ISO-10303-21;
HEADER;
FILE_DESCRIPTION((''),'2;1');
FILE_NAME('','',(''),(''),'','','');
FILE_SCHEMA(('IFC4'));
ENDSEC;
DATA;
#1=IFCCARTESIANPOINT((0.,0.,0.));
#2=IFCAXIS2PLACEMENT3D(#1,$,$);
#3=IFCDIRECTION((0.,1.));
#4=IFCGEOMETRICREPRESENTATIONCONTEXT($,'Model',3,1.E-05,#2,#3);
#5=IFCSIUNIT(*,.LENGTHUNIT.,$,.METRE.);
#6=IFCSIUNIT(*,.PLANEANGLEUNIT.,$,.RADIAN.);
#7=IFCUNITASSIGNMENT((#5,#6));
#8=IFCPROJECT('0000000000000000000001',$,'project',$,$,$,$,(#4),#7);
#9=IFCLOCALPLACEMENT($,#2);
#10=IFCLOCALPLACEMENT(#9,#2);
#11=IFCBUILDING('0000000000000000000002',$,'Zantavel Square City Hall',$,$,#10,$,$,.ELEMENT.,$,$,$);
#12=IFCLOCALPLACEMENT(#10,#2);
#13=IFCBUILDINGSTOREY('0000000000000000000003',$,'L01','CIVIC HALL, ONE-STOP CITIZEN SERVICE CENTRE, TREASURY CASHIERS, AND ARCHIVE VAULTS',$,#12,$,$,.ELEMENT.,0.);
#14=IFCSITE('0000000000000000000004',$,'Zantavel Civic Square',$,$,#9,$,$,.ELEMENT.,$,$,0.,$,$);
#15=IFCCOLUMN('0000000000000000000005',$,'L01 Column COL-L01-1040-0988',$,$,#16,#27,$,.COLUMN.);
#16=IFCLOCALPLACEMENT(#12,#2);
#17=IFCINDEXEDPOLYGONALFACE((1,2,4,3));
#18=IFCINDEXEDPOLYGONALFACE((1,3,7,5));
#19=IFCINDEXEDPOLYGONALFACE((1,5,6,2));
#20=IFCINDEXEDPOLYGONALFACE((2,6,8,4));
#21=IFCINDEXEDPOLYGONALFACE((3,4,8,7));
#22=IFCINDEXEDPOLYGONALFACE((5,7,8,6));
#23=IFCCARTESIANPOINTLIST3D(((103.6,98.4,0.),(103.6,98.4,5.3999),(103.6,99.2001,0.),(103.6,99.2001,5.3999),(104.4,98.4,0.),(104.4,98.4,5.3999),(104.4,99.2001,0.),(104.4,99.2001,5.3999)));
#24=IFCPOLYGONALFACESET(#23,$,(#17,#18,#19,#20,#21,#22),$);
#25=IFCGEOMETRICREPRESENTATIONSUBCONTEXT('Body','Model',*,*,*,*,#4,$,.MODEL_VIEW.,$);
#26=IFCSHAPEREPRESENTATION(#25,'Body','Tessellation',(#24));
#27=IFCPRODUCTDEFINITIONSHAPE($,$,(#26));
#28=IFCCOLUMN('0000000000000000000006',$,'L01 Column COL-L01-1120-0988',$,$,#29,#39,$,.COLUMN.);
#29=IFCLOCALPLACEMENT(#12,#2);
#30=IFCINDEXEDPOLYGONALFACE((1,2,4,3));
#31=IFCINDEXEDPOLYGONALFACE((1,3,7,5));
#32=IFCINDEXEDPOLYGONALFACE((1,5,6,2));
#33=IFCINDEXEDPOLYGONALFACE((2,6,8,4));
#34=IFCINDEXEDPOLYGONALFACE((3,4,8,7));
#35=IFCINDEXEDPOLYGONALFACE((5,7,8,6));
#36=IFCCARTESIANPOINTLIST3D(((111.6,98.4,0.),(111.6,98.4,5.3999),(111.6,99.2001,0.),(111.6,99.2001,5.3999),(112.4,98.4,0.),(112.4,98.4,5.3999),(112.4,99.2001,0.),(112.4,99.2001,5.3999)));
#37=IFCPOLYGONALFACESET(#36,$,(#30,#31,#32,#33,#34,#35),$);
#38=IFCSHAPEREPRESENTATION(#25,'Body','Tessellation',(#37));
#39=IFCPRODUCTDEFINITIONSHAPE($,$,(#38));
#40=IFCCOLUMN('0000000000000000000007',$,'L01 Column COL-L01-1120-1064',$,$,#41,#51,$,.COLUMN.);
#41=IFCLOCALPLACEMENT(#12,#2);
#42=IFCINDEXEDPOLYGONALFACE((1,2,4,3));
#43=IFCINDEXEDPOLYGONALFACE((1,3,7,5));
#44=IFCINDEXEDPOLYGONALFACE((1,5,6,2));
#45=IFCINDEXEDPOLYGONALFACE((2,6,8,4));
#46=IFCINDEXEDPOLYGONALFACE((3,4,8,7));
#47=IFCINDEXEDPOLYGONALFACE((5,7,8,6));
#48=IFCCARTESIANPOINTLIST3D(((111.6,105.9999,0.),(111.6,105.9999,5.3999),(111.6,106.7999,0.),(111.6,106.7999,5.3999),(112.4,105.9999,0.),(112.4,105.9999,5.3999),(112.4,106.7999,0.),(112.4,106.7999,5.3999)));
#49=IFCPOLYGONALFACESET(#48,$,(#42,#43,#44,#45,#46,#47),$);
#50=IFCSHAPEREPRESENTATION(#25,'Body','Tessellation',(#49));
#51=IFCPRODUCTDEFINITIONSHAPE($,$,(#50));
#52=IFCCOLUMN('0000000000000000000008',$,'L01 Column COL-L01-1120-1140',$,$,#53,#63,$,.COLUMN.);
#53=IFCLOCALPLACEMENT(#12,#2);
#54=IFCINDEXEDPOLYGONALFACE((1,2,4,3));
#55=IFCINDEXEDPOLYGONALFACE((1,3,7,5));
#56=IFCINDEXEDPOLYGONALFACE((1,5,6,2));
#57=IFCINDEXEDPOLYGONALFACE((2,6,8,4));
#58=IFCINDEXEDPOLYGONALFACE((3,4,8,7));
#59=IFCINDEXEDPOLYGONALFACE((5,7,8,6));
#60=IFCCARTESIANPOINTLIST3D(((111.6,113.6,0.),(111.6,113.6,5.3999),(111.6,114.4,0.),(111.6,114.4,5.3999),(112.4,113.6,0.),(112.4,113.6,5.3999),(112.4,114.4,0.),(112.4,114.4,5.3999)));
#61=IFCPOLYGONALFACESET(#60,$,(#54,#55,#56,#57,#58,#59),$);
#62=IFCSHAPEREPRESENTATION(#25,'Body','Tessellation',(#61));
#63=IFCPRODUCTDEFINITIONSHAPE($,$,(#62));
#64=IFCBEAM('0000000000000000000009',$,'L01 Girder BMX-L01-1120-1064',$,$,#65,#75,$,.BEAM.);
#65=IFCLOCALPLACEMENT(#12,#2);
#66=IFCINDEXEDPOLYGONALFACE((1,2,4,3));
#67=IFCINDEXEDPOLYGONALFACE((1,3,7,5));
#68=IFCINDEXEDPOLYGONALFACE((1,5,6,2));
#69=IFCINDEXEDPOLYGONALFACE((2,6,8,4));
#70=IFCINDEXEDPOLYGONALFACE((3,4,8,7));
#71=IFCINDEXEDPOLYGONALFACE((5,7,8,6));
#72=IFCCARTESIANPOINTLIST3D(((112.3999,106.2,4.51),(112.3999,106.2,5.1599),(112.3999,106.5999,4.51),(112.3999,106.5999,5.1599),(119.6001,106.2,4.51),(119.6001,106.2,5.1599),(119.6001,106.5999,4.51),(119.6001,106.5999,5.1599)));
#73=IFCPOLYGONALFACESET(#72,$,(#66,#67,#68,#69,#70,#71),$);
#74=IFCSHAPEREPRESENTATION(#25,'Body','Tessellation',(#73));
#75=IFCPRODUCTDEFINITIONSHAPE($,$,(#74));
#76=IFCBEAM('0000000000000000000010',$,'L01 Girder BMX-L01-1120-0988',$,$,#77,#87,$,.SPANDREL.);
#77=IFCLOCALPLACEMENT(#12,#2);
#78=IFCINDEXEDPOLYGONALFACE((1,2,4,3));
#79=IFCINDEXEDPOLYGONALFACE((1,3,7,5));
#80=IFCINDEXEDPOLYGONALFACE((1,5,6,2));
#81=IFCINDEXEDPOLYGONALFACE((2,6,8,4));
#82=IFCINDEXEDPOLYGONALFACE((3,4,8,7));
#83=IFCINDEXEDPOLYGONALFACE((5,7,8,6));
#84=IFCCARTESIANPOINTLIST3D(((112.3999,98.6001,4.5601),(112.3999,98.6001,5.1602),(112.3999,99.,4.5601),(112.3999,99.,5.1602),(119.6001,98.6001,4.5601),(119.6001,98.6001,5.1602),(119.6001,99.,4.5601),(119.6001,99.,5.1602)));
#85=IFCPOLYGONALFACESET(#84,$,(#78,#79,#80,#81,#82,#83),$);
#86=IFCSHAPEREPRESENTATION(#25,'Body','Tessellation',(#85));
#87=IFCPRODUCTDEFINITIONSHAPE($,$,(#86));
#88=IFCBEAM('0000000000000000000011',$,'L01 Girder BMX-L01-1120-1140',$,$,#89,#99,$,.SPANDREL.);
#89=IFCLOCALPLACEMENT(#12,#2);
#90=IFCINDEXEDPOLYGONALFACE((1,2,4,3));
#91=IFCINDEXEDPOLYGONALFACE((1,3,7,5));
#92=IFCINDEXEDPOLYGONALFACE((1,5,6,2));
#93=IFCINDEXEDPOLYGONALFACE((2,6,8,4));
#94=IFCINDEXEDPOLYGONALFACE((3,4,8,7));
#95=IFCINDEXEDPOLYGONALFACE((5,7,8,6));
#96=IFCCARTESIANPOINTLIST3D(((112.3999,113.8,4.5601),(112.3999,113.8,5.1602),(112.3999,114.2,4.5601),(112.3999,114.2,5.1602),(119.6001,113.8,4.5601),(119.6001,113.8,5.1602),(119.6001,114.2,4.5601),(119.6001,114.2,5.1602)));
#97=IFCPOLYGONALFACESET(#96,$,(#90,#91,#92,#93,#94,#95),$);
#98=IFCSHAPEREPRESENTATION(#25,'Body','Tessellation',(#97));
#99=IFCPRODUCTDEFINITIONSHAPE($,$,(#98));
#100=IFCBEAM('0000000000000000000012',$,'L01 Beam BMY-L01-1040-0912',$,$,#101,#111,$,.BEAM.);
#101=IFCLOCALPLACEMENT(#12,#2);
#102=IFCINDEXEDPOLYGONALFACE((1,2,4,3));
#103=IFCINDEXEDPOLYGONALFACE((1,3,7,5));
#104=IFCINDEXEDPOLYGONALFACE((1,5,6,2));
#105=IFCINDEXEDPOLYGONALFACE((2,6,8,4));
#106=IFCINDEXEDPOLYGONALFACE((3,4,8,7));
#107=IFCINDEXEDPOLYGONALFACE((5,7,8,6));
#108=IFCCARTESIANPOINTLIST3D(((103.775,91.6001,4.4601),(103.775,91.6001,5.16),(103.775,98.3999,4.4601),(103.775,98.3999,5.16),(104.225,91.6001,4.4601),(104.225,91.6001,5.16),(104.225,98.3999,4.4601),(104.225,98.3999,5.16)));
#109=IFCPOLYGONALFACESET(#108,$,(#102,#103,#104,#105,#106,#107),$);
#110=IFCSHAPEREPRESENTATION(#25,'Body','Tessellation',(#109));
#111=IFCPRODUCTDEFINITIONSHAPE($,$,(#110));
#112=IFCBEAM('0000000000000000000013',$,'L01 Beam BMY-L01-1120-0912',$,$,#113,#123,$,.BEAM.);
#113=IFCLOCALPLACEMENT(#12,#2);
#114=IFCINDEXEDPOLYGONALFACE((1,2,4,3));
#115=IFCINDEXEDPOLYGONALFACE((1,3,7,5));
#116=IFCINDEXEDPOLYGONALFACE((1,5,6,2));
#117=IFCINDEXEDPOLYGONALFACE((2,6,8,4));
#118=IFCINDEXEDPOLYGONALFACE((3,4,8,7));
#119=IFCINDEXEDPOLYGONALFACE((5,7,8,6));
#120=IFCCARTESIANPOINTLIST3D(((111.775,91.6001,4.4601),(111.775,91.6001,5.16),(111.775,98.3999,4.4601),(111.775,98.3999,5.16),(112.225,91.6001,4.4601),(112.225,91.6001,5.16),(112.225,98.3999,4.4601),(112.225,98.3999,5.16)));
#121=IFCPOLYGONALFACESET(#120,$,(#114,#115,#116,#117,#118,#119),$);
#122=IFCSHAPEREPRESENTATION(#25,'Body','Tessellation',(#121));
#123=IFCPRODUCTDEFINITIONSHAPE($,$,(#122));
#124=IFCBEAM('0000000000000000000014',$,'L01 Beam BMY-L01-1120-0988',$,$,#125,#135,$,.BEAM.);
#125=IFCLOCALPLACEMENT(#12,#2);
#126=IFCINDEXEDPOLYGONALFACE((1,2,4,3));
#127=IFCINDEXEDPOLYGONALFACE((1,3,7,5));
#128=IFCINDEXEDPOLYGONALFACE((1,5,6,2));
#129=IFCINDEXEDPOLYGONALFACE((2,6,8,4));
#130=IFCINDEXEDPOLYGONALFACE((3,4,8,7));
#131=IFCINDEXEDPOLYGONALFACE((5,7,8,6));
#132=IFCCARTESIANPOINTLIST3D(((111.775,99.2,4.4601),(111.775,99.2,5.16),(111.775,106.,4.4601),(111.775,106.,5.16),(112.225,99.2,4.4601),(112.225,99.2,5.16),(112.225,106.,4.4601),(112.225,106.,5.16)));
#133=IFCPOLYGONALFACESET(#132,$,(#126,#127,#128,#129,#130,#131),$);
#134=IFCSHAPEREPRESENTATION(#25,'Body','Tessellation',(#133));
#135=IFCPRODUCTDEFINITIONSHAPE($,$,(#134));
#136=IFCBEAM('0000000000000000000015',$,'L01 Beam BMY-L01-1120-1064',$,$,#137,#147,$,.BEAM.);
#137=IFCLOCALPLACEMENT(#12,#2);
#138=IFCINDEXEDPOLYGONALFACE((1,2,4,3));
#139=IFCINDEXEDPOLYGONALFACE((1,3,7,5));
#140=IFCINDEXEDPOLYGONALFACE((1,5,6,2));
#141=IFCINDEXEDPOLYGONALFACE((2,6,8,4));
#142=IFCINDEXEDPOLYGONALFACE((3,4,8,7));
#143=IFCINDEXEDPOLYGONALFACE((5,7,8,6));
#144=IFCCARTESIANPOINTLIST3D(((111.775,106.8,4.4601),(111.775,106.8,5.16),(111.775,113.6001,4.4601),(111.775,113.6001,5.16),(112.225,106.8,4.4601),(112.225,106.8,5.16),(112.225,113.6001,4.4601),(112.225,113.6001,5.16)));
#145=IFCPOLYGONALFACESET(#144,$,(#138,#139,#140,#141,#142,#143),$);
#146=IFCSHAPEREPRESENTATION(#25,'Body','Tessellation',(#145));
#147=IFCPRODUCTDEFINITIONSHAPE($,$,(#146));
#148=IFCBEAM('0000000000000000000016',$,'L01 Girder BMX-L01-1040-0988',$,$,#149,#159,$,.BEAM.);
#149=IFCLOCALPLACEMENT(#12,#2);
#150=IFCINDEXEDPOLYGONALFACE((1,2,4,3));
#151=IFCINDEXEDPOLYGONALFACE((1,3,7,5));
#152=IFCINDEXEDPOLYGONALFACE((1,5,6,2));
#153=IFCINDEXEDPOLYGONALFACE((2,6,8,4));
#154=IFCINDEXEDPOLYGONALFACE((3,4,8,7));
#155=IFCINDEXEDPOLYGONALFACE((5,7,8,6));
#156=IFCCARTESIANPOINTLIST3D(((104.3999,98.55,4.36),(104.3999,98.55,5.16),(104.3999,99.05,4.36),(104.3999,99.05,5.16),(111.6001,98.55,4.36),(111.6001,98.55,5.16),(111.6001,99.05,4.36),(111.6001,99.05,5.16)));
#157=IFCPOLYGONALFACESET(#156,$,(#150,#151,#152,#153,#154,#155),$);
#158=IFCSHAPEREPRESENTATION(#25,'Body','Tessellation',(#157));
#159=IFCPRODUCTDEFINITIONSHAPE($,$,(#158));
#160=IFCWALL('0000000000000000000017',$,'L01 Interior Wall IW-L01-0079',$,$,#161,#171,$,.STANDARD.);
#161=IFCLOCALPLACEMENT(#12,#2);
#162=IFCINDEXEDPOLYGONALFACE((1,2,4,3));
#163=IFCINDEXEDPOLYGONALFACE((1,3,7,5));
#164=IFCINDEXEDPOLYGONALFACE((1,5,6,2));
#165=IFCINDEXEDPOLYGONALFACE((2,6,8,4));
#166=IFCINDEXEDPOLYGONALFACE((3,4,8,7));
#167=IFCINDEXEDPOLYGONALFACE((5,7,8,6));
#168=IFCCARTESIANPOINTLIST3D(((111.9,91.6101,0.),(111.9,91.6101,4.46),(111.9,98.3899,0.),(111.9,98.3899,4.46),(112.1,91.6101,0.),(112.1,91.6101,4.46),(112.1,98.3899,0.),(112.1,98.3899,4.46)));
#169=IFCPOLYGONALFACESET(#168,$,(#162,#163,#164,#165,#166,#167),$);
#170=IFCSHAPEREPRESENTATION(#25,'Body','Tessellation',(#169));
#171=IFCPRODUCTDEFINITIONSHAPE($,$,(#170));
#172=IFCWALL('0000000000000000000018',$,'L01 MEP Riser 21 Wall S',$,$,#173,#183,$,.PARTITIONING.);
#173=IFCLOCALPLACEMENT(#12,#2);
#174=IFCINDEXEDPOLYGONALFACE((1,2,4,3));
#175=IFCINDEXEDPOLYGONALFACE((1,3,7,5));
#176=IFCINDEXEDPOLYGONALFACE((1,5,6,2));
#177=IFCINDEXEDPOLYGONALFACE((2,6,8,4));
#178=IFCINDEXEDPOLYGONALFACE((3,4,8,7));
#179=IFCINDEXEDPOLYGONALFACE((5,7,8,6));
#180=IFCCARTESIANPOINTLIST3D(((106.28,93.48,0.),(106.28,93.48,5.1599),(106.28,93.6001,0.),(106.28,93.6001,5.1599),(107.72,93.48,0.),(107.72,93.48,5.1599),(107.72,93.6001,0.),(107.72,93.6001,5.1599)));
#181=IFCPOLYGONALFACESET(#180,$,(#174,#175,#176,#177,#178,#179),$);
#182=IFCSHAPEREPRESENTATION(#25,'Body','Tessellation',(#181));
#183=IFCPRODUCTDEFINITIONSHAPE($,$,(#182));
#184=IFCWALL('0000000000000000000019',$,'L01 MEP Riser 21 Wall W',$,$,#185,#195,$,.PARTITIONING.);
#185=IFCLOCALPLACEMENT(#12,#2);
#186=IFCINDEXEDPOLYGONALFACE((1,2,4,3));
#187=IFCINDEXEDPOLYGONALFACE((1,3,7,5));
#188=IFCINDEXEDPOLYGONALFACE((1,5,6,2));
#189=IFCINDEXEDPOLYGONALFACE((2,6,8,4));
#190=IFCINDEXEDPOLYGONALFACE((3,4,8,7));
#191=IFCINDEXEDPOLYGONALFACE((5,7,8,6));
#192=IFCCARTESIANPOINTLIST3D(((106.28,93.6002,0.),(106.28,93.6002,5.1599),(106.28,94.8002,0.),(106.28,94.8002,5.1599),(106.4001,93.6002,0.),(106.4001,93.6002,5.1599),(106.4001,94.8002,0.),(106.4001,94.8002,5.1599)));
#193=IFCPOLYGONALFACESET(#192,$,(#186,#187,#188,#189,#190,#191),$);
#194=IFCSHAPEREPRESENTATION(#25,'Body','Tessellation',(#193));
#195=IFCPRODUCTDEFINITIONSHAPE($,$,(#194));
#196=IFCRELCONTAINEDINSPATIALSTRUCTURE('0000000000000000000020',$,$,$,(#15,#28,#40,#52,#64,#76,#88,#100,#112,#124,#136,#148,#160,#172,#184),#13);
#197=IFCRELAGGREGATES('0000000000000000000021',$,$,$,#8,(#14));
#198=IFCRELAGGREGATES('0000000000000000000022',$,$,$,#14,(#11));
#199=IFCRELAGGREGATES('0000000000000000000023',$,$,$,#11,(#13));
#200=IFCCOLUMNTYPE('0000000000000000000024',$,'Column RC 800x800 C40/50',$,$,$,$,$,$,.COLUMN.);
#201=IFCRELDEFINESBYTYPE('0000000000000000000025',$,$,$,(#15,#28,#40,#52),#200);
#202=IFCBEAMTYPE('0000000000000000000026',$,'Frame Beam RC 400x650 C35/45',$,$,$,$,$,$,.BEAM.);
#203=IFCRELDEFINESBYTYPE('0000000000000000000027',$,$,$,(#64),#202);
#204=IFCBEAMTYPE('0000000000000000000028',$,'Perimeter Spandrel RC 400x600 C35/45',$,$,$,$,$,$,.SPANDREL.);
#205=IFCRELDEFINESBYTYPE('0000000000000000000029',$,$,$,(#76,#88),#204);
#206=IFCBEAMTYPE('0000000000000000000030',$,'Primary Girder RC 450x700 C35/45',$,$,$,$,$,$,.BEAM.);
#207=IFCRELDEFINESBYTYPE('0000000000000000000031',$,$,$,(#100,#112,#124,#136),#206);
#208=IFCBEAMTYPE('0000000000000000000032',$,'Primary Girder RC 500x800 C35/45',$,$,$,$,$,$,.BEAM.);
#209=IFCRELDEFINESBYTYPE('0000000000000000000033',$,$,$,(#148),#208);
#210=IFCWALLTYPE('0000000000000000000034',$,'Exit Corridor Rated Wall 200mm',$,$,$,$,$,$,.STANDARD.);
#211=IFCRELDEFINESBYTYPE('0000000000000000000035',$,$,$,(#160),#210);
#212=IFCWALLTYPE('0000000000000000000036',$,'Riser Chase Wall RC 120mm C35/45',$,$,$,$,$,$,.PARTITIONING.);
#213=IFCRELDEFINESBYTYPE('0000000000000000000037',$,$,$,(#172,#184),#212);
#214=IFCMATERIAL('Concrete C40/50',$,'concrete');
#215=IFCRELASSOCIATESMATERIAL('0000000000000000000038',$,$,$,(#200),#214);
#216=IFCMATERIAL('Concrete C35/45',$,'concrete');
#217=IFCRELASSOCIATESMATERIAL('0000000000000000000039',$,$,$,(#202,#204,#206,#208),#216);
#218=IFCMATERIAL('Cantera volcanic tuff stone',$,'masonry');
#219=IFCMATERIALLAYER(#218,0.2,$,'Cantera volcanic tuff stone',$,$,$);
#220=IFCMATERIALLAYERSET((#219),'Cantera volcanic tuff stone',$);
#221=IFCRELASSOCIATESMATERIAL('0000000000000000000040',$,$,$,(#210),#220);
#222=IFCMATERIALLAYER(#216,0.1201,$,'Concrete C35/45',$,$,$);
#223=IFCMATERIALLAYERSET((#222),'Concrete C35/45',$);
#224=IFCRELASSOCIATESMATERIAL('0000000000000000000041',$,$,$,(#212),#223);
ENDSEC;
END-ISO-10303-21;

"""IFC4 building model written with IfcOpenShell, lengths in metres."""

from ifc_helpers import new_model, si_unit, direction, frame, frame_2d, origin, origin_2d, place, context, subcontext, project, spatial, rectangle, extrude, material, layer, layer_set, material_profile, profile_set, type_object, element, save


model = new_model("IFC4")

# Units and contexts
model_context = context("Model", 3, precision=1e-05, world=origin(), true_north=direction((0.0, 1.0)))
body_context = subcontext(model_context, "Body", "Model", "MODEL_VIEW")
ifc_project = project(units=[si_unit("LENGTHUNIT", "METRE"), si_unit("PLANEANGLEUNIT", "RADIAN")], contexts=[model_context])

# Site, building, storey
site_placement = place(None, origin())
site = spatial("IfcSite", under=ifc_project, at=site_placement, Name="Zantavel Civic Square", CompositionType="ELEMENT", RefElevation=0.0)
building_placement = place(site_placement, origin())
building = spatial("IfcBuilding", under=site, at=building_placement, Name="Zantavel Square City Hall", CompositionType="ELEMENT")
storey_placement = place(building_placement, origin())
storey = spatial("IfcBuildingStorey", under=building, at=storey_placement, Name="L01", Description="CIVIC HALL, ONE-STOP CITIZEN SERVICE CENTRE, TREASURY CASHIERS, AND ARCHIVE VAULTS", CompositionType="ELEMENT", Elevation=0.0)

# Columns
ifc_material_1 = material(Name="Concrete C40/50", Category="concrete")
ifc_material_profile_1 = material_profile(ifc_material_1, rectangle(XDim=0.8, YDim=0.8, at=origin_2d()), Name="RC 800x800")
ifc_profile_set_1 = profile_set([ifc_material_profile_1], Name="Concrete C40/50")
column_type = type_object("IfcColumnType", Name="Column RC 800x800 C40/50", PredefinedType="COLUMN", material=ifc_profile_set_1)
for number, where, z_axis, x_axis, name in (
    (1, (104.0, 98.8, 0.0), (0.0, 0.0, 1.0), (1.0, 0.0, 0.0), "L01 Column COL-L01-1040-0988"),
    (2, (112.0, 98.8, 0.0), (0.0, 0.0, 1.0), (1.0, 0.0, 0.0), "L01 Column COL-L01-1120-0988"),
    (3, (112.0, 106.3999, 0.0), (0.0, 0.0, 1.0), (1.0, 0.0, 0.0), "L01 Column COL-L01-1120-1064"),
    (4, (112.0, 114.0, 0.0), (0.0, 0.0, 1.0), (1.0, 0.0, 0.0), "L01 Column COL-L01-1120-1140"),
):
    element("IfcColumn", number, at=place(storey_placement, frame(where, z_axis=z_axis, x_axis=x_axis)), inside=storey, type_object=column_type, Name=name, PredefinedType="COLUMN", context=body_context, shape_type="SweptSolid", body=[
        extrude(rectangle(XDim=0.8, YDim=0.8, at=origin_2d()), origin(), (0.0, 0.0, 1.0), 5.3999),
    ])

# Beams
ifc_material_2 = material(Name="Concrete C35/45", Category="concrete")
ifc_material_profile_2 = material_profile(ifc_material_2, rectangle(XDim=0.3999, YDim=0.6499, at=origin_2d()), Name="RC 400x650")
ifc_profile_set_2 = profile_set([ifc_material_profile_2], Name="Concrete C35/45")
beam_type_1 = type_object("IfcBeamType", Name="Frame Beam RC 400x650 C35/45", PredefinedType="BEAM", material=ifc_profile_set_2)
beam_1_placement = place(storey_placement, frame((112.3999, 106.3999, 4.835), z_axis=(1.0, 0.0, 0.0), x_axis=(0.0, 1.0, 0.0)))
element("IfcBeam", 5, at=beam_1_placement, inside=storey, type_object=beam_type_1, Name="L01 Girder BMX-L01-1120-1064", PredefinedType="BEAM", context=body_context, shape_type="SweptSolid", body=[
    extrude(rectangle(XDim=0.3999, YDim=0.6499, at=origin_2d()), origin(), (0.0, 0.0, 1.0), 7.2002),
])
ifc_material_profile_3 = material_profile(ifc_material_2, rectangle(XDim=0.3999, YDim=0.6001, at=origin_2d()), Name="RC 400x600")
ifc_profile_set_3 = profile_set([ifc_material_profile_3], Name="Concrete C35/45")
beam_type_2 = type_object("IfcBeamType", Name="Perimeter Spandrel RC 400x600 C35/45", PredefinedType="SPANDREL", material=ifc_profile_set_3)
for number, where, z_axis, x_axis, name in (
    (6, (112.3999, 98.8, 4.8601), (1.0, 0.0, 0.0), (0.0, 1.0, 0.0), "L01 Girder BMX-L01-1120-0988"),
    (7, (112.3999, 114.0, 4.8601), (1.0, 0.0, 0.0), (0.0, 1.0, 0.0), "L01 Girder BMX-L01-1120-1140"),
):
    element("IfcBeam", number, at=place(storey_placement, frame(where, z_axis=z_axis, x_axis=x_axis)), inside=storey, type_object=beam_type_2, Name=name, PredefinedType="SPANDREL", context=body_context, shape_type="SweptSolid", body=[
        extrude(rectangle(XDim=0.3999, YDim=0.6001, at=origin_2d()), origin(), (0.0, 0.0, 1.0), 7.2002),
    ])
ifc_material_profile_4 = material_profile(ifc_material_2, rectangle(XDim=0.45, YDim=0.7, at=origin_2d()), Name="RC 450x700")
ifc_profile_set_4 = profile_set([ifc_material_profile_4], Name="Concrete C35/45")
beam_type_3 = type_object("IfcBeamType", Name="Primary Girder RC 450x700 C35/45", PredefinedType="BEAM", material=ifc_profile_set_4)
for number, where, z_axis, x_axis, name in (
    (8, (104.0, 91.6001, 4.8101), (0.0, 1.0, 0.0), (-1.0, 0.0, 0.0), "L01 Beam BMY-L01-1040-0912"),
    (9, (112.0, 91.6001, 4.8101), (0.0, 1.0, 0.0), (-1.0, 0.0, 0.0), "L01 Beam BMY-L01-1120-0912"),
):
    element("IfcBeam", number, at=place(storey_placement, frame(where, z_axis=z_axis, x_axis=x_axis)), inside=storey, type_object=beam_type_3, Name=name, PredefinedType="BEAM", context=body_context, shape_type="SweptSolid", body=[
        extrude(rectangle(XDim=0.45, YDim=0.7, at=origin_2d()), origin(), (0.0, 0.0, 1.0), 6.7998),
    ])
for number, where, z_axis, x_axis, name in (
    (10, (112.0, 99.2, 4.8101), (0.0, 1.0, 0.0), (-1.0, 0.0, 0.0), "L01 Beam BMY-L01-1120-0988"),
    (11, (112.0, 106.8, 4.8101), (0.0, 1.0, 0.0), (-1.0, 0.0, 0.0), "L01 Beam BMY-L01-1120-1064"),
):
    element("IfcBeam", number, at=place(storey_placement, frame(where, z_axis=z_axis, x_axis=x_axis)), inside=storey, type_object=beam_type_3, Name=name, PredefinedType="BEAM", context=body_context, shape_type="SweptSolid", body=[
        extrude(rectangle(XDim=0.45, YDim=0.7, at=origin_2d()), origin(), (0.0, 0.0, 1.0), 6.8),
    ])
ifc_material_profile_5 = material_profile(ifc_material_2, rectangle(XDim=0.5, YDim=0.8, at=origin_2d()), Name="RC 500x800")
ifc_profile_set_5 = profile_set([ifc_material_profile_5], Name="Concrete C35/45")
beam_type_4 = type_object("IfcBeamType", Name="Primary Girder RC 500x800 C35/45", PredefinedType="BEAM", material=ifc_profile_set_5)
beam_2_placement = place(storey_placement, frame((104.3999, 98.8, 4.76), z_axis=(1.0, 0.0, 0.0), x_axis=(0.0, 1.0, 0.0)))
element("IfcBeam", 12, at=beam_2_placement, inside=storey, type_object=beam_type_4, Name="L01 Girder BMX-L01-1040-0988", PredefinedType="BEAM", context=body_context, shape_type="SweptSolid", body=[
    extrude(rectangle(XDim=0.5, YDim=0.8, at=origin_2d()), origin(), (0.0, 0.0, 1.0), 7.2002),
])

# Walls
ifc_material_3 = material(Name="Cantera volcanic tuff stone", Category="masonry")
ifc_layer_1 = layer(ifc_material_3, 0.2, Name="Cantera volcanic tuff stone")
ifc_layer_set_1 = layer_set([ifc_layer_1], Name="Cantera volcanic tuff stone")
wall_type_1 = type_object("IfcWallType", Name="Exit Corridor Rated Wall 200mm", PredefinedType="STANDARD", material=ifc_layer_set_1)
wall_1_placement = place(storey_placement, frame((112.0, 91.6101, 0.0), z_axis=(0.0, 0.0, 1.0), x_axis=(0.0, 1.0, 0.0)))
element("IfcWall", 13, at=wall_1_placement, inside=storey, type_object=wall_type_1, Name="L01 Interior Wall IW-L01-0079", PredefinedType="STANDARD", context=body_context, shape_type="SweptSolid", body=[
    extrude(rectangle(XDim=6.7798, YDim=0.2, at=frame_2d((3.3899, 0.0))), origin(), (0.0, 0.0, 1.0), 4.46),
])
ifc_layer_2 = layer(ifc_material_2, 0.1201, Name="Concrete C35/45")
ifc_layer_set_2 = layer_set([ifc_layer_2], Name="Concrete C35/45")
wall_type_2 = type_object("IfcWallType", Name="Riser Chase Wall RC 120mm C35/45", PredefinedType="PARTITIONING", material=ifc_layer_set_2)
wall_2_placement = place(storey_placement, frame((107.72, 93.54, 0.0), z_axis=(0.0, 0.0, 1.0), x_axis=(-1.0, 0.0, 0.0)))
element("IfcWall", 14, at=wall_2_placement, inside=storey, type_object=wall_type_2, Name="L01 MEP Riser 21 Wall S", PredefinedType="PARTITIONING", context=body_context, shape_type="SweptSolid", body=[
    extrude(rectangle(XDim=1.4399, YDim=0.1201, at=frame_2d((0.72, 0.0))), origin(), (0.0, 0.0, 1.0), 5.1599),
])
wall_3_placement = place(storey_placement, frame((106.3401, 93.6001, 0.0), z_axis=(0.0, 0.0, 1.0), x_axis=(0.0, 1.0, 0.0)))
element("IfcWall", 15, at=wall_3_placement, inside=storey, type_object=wall_type_2, Name="L01 MEP Riser 21 Wall W", PredefinedType="PARTITIONING", context=body_context, shape_type="SweptSolid", body=[
    extrude(rectangle(XDim=1.2, YDim=0.1201, at=frame_2d((0.6001, 0.0))), origin(), (0.0, 0.0, 1.0), 5.1599),
])

save(model, "model.ifc")
